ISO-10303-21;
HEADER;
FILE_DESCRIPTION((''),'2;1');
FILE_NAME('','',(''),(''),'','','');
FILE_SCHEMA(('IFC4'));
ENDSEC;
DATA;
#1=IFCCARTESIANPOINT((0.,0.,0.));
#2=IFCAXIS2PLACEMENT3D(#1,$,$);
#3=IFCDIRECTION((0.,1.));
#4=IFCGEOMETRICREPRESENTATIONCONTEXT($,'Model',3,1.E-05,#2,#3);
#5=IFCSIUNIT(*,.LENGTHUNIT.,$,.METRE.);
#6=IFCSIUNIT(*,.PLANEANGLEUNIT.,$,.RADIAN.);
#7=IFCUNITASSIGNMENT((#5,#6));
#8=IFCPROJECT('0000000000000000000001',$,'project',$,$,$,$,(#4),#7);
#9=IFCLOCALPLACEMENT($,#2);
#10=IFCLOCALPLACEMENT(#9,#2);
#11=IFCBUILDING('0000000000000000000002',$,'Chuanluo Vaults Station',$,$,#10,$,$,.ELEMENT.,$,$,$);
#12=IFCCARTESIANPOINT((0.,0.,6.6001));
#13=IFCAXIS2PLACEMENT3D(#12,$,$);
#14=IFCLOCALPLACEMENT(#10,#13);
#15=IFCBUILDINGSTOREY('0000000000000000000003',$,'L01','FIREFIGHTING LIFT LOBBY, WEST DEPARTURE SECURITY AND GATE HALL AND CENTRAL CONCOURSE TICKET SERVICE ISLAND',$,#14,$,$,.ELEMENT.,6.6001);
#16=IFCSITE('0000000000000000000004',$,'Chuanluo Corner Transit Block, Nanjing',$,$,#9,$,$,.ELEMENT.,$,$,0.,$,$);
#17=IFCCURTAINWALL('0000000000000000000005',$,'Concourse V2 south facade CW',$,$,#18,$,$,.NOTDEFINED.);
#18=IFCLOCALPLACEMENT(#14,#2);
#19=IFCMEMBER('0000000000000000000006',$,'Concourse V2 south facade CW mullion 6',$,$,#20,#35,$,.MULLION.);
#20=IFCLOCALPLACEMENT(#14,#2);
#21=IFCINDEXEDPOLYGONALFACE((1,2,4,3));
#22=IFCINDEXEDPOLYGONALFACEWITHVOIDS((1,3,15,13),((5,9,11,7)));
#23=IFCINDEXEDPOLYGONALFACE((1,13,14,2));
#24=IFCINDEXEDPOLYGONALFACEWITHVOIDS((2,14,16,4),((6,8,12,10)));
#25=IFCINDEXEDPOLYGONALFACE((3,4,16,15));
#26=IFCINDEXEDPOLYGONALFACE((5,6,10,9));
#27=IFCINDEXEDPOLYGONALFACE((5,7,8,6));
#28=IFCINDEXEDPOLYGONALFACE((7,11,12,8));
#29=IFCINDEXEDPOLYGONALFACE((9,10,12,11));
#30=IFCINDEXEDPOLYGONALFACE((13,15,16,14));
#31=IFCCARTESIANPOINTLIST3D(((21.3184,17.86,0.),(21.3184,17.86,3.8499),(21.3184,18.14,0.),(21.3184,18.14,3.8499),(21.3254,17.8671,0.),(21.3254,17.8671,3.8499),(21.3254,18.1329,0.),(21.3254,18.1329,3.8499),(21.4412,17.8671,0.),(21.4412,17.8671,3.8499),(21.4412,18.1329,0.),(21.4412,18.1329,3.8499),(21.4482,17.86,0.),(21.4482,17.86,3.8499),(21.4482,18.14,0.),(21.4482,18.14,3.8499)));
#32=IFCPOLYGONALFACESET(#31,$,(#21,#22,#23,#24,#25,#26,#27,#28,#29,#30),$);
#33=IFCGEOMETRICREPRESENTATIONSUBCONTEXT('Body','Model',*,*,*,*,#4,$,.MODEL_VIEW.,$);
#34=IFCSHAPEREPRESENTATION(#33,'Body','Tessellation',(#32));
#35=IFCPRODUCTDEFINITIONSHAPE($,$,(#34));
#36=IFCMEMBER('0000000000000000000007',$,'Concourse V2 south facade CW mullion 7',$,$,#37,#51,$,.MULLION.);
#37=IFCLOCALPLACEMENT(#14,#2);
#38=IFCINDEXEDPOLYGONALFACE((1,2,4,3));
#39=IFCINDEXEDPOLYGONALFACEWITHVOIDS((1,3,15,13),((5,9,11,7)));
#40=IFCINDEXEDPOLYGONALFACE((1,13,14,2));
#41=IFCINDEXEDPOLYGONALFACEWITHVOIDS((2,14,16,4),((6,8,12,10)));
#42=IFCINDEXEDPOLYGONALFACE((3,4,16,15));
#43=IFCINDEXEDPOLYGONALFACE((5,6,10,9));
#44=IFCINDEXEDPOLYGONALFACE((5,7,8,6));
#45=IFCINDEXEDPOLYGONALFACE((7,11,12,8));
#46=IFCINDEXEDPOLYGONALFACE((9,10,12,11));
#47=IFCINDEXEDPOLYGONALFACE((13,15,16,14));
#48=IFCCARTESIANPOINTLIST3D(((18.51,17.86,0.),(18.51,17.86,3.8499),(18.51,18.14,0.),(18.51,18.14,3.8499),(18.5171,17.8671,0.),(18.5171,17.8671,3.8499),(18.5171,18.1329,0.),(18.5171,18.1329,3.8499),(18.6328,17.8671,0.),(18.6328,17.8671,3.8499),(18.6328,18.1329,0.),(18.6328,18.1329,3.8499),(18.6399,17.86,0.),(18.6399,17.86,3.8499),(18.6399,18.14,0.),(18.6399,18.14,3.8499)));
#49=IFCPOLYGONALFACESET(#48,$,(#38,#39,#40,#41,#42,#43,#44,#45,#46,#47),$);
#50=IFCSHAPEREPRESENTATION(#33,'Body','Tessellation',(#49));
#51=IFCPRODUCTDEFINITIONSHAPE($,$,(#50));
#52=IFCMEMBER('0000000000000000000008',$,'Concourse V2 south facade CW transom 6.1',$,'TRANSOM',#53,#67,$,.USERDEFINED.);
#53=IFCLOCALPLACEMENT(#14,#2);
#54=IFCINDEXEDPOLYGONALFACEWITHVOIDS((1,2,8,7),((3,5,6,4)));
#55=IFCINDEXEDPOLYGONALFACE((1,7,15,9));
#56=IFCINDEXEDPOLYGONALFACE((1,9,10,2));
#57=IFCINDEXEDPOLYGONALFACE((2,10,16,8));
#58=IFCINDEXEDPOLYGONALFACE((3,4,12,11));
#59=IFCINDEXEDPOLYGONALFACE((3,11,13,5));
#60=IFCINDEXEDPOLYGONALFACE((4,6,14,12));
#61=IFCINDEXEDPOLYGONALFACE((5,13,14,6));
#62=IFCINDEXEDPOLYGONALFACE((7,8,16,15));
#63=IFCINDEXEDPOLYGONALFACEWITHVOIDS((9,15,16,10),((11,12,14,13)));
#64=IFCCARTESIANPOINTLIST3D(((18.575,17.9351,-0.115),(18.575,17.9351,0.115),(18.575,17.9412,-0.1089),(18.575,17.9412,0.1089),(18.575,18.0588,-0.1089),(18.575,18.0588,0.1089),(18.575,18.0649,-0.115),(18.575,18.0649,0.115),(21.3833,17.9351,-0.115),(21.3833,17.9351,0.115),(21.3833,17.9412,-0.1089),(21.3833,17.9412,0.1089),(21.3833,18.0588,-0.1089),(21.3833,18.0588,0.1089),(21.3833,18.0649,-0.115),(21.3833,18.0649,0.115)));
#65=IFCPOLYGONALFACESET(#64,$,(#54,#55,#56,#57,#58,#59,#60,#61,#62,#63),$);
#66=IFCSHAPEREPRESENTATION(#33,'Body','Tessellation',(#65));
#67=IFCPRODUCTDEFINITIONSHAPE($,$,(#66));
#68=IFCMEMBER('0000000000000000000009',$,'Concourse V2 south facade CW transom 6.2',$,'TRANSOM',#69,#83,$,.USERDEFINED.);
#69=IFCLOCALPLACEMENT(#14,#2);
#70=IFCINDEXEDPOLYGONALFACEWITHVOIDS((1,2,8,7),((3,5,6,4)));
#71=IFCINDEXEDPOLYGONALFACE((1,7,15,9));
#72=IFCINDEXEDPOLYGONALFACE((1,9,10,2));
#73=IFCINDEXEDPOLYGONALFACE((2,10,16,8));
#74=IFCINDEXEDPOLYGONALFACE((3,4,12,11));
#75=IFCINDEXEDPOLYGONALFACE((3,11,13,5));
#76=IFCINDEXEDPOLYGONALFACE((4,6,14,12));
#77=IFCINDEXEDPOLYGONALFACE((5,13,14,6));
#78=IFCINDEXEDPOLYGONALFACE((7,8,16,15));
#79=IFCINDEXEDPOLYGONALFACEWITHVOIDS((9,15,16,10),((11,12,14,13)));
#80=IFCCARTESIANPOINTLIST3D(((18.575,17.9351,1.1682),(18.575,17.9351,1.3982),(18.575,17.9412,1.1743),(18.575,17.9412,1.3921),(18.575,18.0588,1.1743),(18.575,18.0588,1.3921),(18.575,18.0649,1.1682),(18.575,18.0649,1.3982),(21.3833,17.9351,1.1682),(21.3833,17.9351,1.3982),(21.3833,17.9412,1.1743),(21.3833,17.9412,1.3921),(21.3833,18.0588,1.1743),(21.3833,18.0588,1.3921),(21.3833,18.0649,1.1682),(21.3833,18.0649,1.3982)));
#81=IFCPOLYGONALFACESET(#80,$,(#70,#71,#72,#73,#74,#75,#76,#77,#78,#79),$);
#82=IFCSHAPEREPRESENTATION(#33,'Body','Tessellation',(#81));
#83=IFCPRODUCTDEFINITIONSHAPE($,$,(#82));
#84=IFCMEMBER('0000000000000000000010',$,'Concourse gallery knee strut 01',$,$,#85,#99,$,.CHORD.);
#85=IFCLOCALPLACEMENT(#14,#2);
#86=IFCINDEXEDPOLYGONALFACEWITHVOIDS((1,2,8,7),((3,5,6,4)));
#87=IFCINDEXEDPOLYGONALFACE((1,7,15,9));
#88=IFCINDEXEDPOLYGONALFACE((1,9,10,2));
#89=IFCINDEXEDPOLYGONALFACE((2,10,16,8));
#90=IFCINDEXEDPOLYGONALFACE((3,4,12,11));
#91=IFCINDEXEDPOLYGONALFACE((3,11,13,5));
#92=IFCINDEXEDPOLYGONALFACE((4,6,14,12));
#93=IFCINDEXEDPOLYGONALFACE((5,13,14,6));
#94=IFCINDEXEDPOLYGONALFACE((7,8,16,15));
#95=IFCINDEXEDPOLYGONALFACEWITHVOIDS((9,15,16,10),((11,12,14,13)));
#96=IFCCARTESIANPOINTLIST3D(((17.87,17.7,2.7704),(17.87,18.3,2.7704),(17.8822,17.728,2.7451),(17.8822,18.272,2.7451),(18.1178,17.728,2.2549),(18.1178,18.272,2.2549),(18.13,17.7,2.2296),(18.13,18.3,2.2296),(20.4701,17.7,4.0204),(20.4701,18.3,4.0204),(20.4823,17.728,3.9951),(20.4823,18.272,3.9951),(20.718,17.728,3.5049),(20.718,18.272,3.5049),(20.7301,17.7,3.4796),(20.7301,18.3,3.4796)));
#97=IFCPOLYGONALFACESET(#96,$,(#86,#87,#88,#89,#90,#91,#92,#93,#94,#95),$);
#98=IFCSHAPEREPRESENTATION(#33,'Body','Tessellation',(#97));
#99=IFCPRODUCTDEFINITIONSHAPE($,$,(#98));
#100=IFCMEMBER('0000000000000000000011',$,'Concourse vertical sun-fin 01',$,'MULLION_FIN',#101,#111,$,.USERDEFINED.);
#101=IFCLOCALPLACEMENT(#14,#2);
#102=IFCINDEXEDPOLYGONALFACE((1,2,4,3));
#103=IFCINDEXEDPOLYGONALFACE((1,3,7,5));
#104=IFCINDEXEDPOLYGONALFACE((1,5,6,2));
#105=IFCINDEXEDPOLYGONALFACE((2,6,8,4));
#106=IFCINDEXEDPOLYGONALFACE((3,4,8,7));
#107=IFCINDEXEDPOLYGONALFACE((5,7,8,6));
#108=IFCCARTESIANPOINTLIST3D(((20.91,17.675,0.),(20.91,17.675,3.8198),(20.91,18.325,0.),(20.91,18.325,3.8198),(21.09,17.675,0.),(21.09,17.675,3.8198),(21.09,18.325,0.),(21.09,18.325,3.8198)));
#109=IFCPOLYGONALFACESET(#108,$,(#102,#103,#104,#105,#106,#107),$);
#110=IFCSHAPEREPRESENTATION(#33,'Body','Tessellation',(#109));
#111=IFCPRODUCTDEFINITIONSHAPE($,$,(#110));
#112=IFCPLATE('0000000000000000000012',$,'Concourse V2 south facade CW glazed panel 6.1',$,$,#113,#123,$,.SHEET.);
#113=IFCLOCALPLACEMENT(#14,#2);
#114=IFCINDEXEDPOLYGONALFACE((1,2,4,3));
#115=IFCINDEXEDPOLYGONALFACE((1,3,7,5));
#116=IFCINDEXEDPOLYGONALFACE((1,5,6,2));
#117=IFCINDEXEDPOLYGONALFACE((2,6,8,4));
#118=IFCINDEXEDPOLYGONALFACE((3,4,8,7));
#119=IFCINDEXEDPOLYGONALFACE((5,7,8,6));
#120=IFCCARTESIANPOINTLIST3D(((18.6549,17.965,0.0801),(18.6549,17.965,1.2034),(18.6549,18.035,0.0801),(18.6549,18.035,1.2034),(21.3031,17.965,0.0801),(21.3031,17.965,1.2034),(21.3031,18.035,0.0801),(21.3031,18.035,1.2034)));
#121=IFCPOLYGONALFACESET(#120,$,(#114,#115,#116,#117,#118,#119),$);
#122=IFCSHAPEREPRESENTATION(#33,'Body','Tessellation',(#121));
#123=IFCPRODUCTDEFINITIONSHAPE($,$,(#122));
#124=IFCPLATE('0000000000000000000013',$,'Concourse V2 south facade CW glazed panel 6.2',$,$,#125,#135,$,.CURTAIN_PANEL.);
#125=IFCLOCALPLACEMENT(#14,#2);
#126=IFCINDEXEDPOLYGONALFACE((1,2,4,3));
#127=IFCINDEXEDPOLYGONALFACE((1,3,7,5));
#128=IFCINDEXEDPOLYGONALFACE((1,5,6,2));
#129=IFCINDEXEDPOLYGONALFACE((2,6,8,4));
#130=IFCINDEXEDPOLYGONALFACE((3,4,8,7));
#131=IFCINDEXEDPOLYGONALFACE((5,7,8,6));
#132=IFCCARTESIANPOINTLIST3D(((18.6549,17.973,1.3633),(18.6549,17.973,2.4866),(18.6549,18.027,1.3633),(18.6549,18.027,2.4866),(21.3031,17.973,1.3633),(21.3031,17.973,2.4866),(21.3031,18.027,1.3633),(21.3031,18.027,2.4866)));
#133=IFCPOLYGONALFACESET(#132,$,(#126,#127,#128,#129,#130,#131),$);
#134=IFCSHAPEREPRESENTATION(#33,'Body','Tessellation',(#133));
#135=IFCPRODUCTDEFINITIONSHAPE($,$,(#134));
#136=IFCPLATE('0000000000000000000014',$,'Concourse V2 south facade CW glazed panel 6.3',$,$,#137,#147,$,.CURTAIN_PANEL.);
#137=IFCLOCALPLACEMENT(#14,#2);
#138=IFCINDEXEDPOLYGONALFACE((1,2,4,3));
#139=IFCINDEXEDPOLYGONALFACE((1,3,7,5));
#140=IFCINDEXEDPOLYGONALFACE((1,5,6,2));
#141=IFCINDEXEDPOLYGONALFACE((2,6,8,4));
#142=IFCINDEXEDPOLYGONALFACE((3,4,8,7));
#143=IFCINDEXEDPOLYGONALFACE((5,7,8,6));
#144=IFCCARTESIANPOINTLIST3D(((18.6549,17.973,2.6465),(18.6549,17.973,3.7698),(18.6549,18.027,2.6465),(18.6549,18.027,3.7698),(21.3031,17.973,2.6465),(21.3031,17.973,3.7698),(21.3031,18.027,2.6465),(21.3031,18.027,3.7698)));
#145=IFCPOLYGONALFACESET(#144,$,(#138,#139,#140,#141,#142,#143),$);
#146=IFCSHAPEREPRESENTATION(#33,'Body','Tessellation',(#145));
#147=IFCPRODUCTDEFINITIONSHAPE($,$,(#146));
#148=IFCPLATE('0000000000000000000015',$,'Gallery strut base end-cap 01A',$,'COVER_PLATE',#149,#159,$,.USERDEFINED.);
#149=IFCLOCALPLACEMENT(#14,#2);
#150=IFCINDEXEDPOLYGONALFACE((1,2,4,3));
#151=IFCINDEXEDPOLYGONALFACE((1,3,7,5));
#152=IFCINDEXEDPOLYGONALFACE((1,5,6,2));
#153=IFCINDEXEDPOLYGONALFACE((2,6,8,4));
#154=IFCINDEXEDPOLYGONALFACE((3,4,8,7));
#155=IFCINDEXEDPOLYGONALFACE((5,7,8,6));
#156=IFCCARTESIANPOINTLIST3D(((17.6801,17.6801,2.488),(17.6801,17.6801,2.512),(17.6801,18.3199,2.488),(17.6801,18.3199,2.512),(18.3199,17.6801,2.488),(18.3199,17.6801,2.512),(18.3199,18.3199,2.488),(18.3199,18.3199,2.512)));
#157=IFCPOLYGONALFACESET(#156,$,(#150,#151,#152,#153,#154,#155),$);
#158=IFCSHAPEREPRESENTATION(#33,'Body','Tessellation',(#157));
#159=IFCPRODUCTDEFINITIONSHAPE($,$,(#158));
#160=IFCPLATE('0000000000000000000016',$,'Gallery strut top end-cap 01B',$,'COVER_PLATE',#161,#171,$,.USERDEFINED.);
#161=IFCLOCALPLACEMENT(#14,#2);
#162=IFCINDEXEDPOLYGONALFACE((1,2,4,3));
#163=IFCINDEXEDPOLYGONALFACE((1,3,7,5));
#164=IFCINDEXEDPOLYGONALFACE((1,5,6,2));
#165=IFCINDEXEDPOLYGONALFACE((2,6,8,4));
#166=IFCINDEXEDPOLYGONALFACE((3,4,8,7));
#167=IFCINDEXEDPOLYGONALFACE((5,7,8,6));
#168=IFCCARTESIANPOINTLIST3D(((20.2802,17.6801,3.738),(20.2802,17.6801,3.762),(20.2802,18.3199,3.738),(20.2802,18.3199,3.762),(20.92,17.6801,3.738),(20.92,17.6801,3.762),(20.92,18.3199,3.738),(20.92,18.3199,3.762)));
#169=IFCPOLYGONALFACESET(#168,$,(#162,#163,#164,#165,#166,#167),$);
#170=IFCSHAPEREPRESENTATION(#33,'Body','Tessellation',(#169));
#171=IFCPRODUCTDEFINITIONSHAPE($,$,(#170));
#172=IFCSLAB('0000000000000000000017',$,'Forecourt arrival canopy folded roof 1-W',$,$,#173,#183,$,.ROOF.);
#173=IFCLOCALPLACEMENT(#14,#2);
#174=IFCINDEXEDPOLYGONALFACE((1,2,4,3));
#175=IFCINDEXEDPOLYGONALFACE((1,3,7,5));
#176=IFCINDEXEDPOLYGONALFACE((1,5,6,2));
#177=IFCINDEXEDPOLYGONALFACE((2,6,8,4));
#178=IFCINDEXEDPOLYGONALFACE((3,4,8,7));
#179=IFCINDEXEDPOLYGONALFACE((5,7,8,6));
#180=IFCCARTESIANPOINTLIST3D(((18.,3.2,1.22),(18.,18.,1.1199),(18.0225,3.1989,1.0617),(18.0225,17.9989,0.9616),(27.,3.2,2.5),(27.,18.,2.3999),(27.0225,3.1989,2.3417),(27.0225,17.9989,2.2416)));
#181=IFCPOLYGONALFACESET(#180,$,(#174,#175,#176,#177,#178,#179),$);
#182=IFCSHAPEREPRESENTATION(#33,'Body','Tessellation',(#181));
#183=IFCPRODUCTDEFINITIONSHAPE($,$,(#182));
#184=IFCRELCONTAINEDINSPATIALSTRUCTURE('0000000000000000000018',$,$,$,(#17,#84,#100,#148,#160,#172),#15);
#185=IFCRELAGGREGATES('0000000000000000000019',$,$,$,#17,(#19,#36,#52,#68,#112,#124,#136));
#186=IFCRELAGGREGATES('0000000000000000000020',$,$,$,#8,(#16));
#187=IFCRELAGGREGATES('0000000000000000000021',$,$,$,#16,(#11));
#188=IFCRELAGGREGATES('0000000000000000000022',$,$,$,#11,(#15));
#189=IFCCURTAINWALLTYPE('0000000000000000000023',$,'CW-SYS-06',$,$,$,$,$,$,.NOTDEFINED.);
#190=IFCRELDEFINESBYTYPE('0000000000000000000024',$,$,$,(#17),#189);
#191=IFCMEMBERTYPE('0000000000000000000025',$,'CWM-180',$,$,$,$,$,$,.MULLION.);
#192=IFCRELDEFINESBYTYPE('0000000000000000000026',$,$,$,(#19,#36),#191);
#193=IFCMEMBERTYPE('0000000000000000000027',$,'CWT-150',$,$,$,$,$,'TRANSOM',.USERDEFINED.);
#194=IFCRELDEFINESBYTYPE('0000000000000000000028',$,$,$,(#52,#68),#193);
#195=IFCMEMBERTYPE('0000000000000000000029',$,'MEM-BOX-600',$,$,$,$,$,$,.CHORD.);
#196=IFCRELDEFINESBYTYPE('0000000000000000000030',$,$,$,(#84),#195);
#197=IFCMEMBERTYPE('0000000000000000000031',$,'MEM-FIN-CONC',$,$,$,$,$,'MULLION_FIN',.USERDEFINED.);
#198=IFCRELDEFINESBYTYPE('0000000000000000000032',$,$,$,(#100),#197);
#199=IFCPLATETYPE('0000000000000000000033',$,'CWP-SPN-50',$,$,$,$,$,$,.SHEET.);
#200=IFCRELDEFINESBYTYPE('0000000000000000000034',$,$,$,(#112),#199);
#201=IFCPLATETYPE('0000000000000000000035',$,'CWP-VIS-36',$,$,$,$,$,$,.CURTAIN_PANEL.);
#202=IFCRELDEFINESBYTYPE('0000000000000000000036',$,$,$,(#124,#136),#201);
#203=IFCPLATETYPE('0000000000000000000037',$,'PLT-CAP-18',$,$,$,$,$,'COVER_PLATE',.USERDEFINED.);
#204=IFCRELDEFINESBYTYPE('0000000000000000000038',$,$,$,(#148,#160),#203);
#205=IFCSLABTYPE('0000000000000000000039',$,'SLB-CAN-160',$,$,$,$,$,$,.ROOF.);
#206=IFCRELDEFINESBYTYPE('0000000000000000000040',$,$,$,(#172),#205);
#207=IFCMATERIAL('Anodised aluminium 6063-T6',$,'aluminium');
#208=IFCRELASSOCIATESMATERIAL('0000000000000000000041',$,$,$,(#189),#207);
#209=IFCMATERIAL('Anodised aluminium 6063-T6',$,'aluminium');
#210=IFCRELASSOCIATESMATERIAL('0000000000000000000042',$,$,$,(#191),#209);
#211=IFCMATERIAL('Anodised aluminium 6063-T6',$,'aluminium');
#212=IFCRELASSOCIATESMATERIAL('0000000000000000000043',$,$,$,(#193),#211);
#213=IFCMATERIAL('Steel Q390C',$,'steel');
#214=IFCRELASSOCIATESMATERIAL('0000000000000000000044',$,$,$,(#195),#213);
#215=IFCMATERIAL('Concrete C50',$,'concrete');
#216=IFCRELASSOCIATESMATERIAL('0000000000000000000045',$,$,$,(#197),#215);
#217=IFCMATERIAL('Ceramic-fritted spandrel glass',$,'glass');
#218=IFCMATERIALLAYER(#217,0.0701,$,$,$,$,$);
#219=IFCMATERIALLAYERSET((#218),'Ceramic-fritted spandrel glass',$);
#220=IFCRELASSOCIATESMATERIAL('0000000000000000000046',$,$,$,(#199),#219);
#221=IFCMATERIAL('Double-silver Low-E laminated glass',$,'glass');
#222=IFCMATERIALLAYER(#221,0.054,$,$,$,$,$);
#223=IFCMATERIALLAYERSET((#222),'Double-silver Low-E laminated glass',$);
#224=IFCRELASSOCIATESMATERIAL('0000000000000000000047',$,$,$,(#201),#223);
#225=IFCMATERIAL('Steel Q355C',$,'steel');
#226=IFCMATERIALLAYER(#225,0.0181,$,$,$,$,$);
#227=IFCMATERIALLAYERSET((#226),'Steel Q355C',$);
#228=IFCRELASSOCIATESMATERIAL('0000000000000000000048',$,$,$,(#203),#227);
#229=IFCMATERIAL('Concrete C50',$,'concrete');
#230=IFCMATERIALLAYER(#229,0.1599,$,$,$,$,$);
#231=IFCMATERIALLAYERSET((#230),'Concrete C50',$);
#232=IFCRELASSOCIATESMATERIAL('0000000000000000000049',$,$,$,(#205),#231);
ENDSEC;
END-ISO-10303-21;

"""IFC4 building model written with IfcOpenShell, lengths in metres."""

from ifc_helpers import new_model, si_unit, direction, frame, origin, origin_2d, place, context, subcontext, project, spatial, polyline, rectangle, hollow_rectangle, outline, extrude, material, layer, layer_set, material_profile, profile_set, type_object, element, aggregate, save


model = new_model("IFC4")

# Units and contexts
model_context = context("Model", 3, precision=1e-05, world=origin(), true_north=direction((0.0, 1.0)))
body_context = subcontext(model_context, "Body", "Model", "MODEL_VIEW")
ifc_project = project(units=[si_unit("LENGTHUNIT", "METRE"), si_unit("PLANEANGLEUNIT", "RADIAN")], contexts=[model_context])

# Site, building, storey
site_placement = place(None, origin())
site = spatial("IfcSite", under=ifc_project, at=site_placement, Name="Chuanluo Corner Transit Block, Nanjing", CompositionType="ELEMENT", RefElevation=0.0)
building_placement = place(site_placement, origin())
building = spatial("IfcBuilding", under=site, at=building_placement, Name="Chuanluo Vaults Station", CompositionType="ELEMENT")
storey_placement = place(building_placement, frame((0.0, 0.0, 6.6001)))
storey = spatial("IfcBuildingStorey", under=building, at=storey_placement, Name="L01", Description="FIREFIGHTING LIFT LOBBY, WEST DEPARTURE SECURITY AND GATE HALL AND CENTRAL CONCOURSE TICKET SERVICE ISLAND", CompositionType="ELEMENT", Elevation=6.6001)

# Curtain wall, members
ifc_material_1 = material(Name="Anodised aluminium 6063-T6", Category="aluminium")
curtain_wall_type = type_object("IfcCurtainWallType", Name="CW-SYS-06", PredefinedType="NOTDEFINED", material=ifc_material_1)
curtain_wall_placement = place(storey_placement, origin())
curtain_wall = element("IfcCurtainWall", 1, at=curtain_wall_placement, inside=storey, type_object=curtain_wall_type, Name="Concourse V2 south facade CW", PredefinedType="NOTDEFINED")
ifc_material_2 = material(Name="Anodised aluminium 6063-T6", Category="aluminium")
ifc_material_profile_1 = material_profile(ifc_material_2, hollow_rectangle(XDim=0.1299, YDim=0.28, WallThickness=0.0071, at=origin_2d()))
ifc_profile_set_1 = profile_set([ifc_material_profile_1], Name="Anodised aluminium 6063-T6")
member_type_1 = type_object("IfcMemberType", Name="CWM-180", PredefinedType="MULLION", material=ifc_profile_set_1)
member_1_placement = place(storey_placement, frame((21.3833, 18.0, 0.0), z_axis=(0.0, 0.0, 1.0), x_axis=(-1.0, 0.0, 0.0)))
member_1 = element("IfcMember", 2, at=member_1_placement, type_object=member_type_1, Name="Concourse V2 south facade CW mullion 6", PredefinedType="MULLION", context=body_context, shape_type="SweptSolid", body=[
    extrude(hollow_rectangle(XDim=0.1299, YDim=0.28, WallThickness=0.0071, at=origin_2d()), origin(), (0.0, 0.0, 1.0), 3.8499),
])
member_2_placement = place(storey_placement, frame((18.575, 18.0, 0.0), z_axis=(0.0, 0.0, 1.0), x_axis=(-1.0, 0.0, 0.0)))
member_2 = element("IfcMember", 3, at=member_2_placement, type_object=member_type_1, Name="Concourse V2 south facade CW mullion 7", PredefinedType="MULLION", context=body_context, shape_type="SweptSolid", body=[
    extrude(hollow_rectangle(XDim=0.1299, YDim=0.28, WallThickness=0.0071, at=origin_2d()), origin(), (0.0, 0.0, 1.0), 3.8499),
])
ifc_material_3 = material(Name="Anodised aluminium 6063-T6", Category="aluminium")
ifc_material_profile_2 = material_profile(ifc_material_3, hollow_rectangle(XDim=0.1299, YDim=0.23, WallThickness=0.0061, at=origin_2d()))
ifc_profile_set_2 = profile_set([ifc_material_profile_2], Name="Anodised aluminium 6063-T6")
member_type_2 = type_object("IfcMemberType", Name="CWT-150", ElementType="TRANSOM", PredefinedType="USERDEFINED", material=ifc_profile_set_2)
member_3_placement = place(storey_placement, frame((21.3833, 18.0, 0.0), z_axis=(-1.0, 0.0, 0.0), x_axis=(0.0, -1.0, 0.0)))
member_3 = element("IfcMember", 4, at=member_3_placement, type_object=member_type_2, Name="Concourse V2 south facade CW transom 6.1", ObjectType="TRANSOM", PredefinedType="USERDEFINED", context=body_context, shape_type="SweptSolid", body=[
    extrude(hollow_rectangle(XDim=0.1299, YDim=0.23, WallThickness=0.0061, at=origin_2d()), origin(), (0.0, 0.0, 1.0), 2.8083),
])
member_4_placement = place(storey_placement, frame((21.3833, 18.0, 1.2832), z_axis=(-1.0, 0.0, 0.0), x_axis=(0.0, -1.0, 0.0)))
member_4 = element("IfcMember", 5, at=member_4_placement, type_object=member_type_2, Name="Concourse V2 south facade CW transom 6.2", ObjectType="TRANSOM", PredefinedType="USERDEFINED", context=body_context, shape_type="SweptSolid", body=[
    extrude(hollow_rectangle(XDim=0.1299, YDim=0.23, WallThickness=0.0061, at=origin_2d()), origin(), (0.0, 0.0, 1.0), 2.8083),
])

# Members
ifc_material_4 = material(Name="Steel Q390C", Category="steel")
ifc_material_profile_3 = material_profile(ifc_material_4, hollow_rectangle(XDim=0.6001, YDim=0.6001, WallThickness=0.0281, at=origin_2d()))
ifc_profile_set_3 = profile_set([ifc_material_profile_3], Name="Steel Q390C")
member_type_3 = type_object("IfcMemberType", Name="MEM-BOX-600", PredefinedType="CHORD", material=ifc_profile_set_3)
member_5_placement = place(storey_placement, frame((18.0, 18.0, 2.5), z_axis=(0.901259, 0.0, 0.433281), x_axis=(0.0, 1.0, 0.0)))
element("IfcMember", 6, at=member_5_placement, inside=storey, type_object=member_type_3, Name="Concourse gallery knee strut 01", PredefinedType="CHORD", context=body_context, shape_type="SweptSolid", body=[
    extrude(hollow_rectangle(XDim=0.6001, YDim=0.6001, WallThickness=0.0281, at=origin_2d()), origin(), (0.0, 0.0, 1.0), 2.885),
])
ifc_material_5 = material(Name="Concrete C50", Category="concrete")
ifc_material_profile_4 = material_profile(ifc_material_5, rectangle(XDim=0.1799, YDim=0.6499, at=origin_2d()))
ifc_profile_set_4 = profile_set([ifc_material_profile_4], Name="Concrete C50")
member_type_4 = type_object("IfcMemberType", Name="MEM-FIN-CONC", ElementType="MULLION_FIN", PredefinedType="USERDEFINED", material=ifc_profile_set_4)
member_6_placement = place(storey_placement, frame((21.0, 18.0, 0.0), z_axis=(0.0, 0.0, 1.0), x_axis=(1.0, 0.0, 0.0)))
element("IfcMember", 7, at=member_6_placement, inside=storey, type_object=member_type_4, Name="Concourse vertical sun-fin 01", ObjectType="MULLION_FIN", PredefinedType="USERDEFINED", context=body_context, shape_type="SweptSolid", body=[
    extrude(rectangle(XDim=0.1799, YDim=0.6499, at=origin_2d()), origin(), (0.0, 0.0, 1.0), 3.8198),
])

# Plates
ifc_material_6 = material(Name="Ceramic-fritted spandrel glass", Category="glass")
ifc_layer_1 = layer(ifc_material_6, 0.0701)
ifc_layer_set_1 = layer_set([ifc_layer_1], Name="Ceramic-fritted spandrel glass")
plate_type_1 = type_object("IfcPlateType", Name="CWP-SPN-50", PredefinedType="SHEET", material=ifc_layer_set_1)
plate_1_placement = place(storey_placement, frame((19.979, 18.0, 0.0801), z_axis=(0.0, 0.0, 1.0), x_axis=(-1.0, 0.0, 0.0)))
plate_1 = element("IfcPlate", 8, at=plate_1_placement, type_object=plate_type_1, Name="Concourse V2 south facade CW glazed panel 6.1", PredefinedType="SHEET", context=body_context, shape_type="SweptSolid", body=[
    extrude(rectangle(XDim=2.6482, YDim=0.0701, at=origin_2d()), origin(), (0.0, 0.0, 1.0), 1.1233),
])
ifc_material_7 = material(Name="Double-silver Low-E laminated glass", Category="glass")
ifc_layer_2 = layer(ifc_material_7, 0.054)
ifc_layer_set_2 = layer_set([ifc_layer_2], Name="Double-silver Low-E laminated glass")
plate_type_2 = type_object("IfcPlateType", Name="CWP-VIS-36", PredefinedType="CURTAIN_PANEL", material=ifc_layer_set_2)
plate_2_placement = place(storey_placement, frame((19.979, 18.0, 1.3633), z_axis=(0.0, 0.0, 1.0), x_axis=(-1.0, 0.0, 0.0)))
plate_2 = element("IfcPlate", 9, at=plate_2_placement, type_object=plate_type_2, Name="Concourse V2 south facade CW glazed panel 6.2", PredefinedType="CURTAIN_PANEL", context=body_context, shape_type="SweptSolid", body=[
    extrude(rectangle(XDim=2.6482, YDim=0.054, at=origin_2d()), origin(), (0.0, 0.0, 1.0), 1.1233),
])
plate_3_placement = place(storey_placement, frame((19.979, 18.0, 2.6465), z_axis=(0.0, 0.0, 1.0), x_axis=(-1.0, 0.0, 0.0)))
plate_3 = element("IfcPlate", 10, at=plate_3_placement, type_object=plate_type_2, Name="Concourse V2 south facade CW glazed panel 6.3", PredefinedType="CURTAIN_PANEL", context=body_context, shape_type="SweptSolid", body=[
    extrude(rectangle(XDim=2.6482, YDim=0.054, at=origin_2d()), origin(), (0.0, 0.0, 1.0), 1.1233),
])
aggregate(curtain_wall, [member_1, member_2, member_3, member_4, plate_1, plate_2, plate_3])

# Plates
ifc_material_8 = material(Name="Steel Q355C", Category="steel")
ifc_layer_3 = layer(ifc_material_8, 0.0181)
ifc_layer_set_3 = layer_set([ifc_layer_3], Name="Steel Q355C")
plate_type_3 = type_object("IfcPlateType", Name="PLT-CAP-18", ElementType="COVER_PLATE", PredefinedType="USERDEFINED", material=ifc_layer_set_3)
for number, where, z_axis, x_axis, name in (
    (11, (18.0, 18.0, 2.488), (0.0, 0.0, 1.0), (1.0, 0.0, 0.0), "Gallery strut base end-cap 01A"),
    (12, (20.6001, 18.0, 3.738), (0.0, 0.0, 1.0), (1.0, 0.0, 0.0), "Gallery strut top end-cap 01B"),
):
    element("IfcPlate", number, at=place(storey_placement, frame(where, z_axis=z_axis, x_axis=x_axis)), inside=storey, type_object=plate_type_3, Name=name, ObjectType="COVER_PLATE", PredefinedType="USERDEFINED", context=body_context, shape_type="SweptSolid", body=[
        extrude(rectangle(XDim=0.6399, YDim=0.6399, at=origin_2d()), origin(), (0.0, 0.0, 1.0), 0.0239),
    ])

# Slab
ifc_material_9 = material(Name="Concrete C50", Category="concrete")
ifc_layer_4 = layer(ifc_material_9, 0.1599)
ifc_layer_set_4 = layer_set([ifc_layer_4], Name="Concrete C50")
slab_type = type_object("IfcSlabType", Name="SLB-CAN-160", PredefinedType="ROOF", material=ifc_layer_set_4)
slab_placement = place(storey_placement, frame((18.0, 3.2, 1.22), z_axis=(-0.140805, 0.006696, 0.990015), x_axis=(0.990037, 0.0, 0.140808)))
element("IfcSlab", 13, at=slab_placement, inside=storey, type_object=slab_type, Name="Forecourt arrival canopy folded roof 1-W", PredefinedType="ROOF", context=body_context, shape_type="SweptSolid", body=[
    extrude(outline(polyline([(0.0, 0.0), (9.0906, 0.0), (9.0765, 14.8004), (-0.0141, 14.8004), (0.0, 0.0)])), origin(), (0.0, 0.0, -1.0), 0.1599),
])

save(model, "model.ifc")
